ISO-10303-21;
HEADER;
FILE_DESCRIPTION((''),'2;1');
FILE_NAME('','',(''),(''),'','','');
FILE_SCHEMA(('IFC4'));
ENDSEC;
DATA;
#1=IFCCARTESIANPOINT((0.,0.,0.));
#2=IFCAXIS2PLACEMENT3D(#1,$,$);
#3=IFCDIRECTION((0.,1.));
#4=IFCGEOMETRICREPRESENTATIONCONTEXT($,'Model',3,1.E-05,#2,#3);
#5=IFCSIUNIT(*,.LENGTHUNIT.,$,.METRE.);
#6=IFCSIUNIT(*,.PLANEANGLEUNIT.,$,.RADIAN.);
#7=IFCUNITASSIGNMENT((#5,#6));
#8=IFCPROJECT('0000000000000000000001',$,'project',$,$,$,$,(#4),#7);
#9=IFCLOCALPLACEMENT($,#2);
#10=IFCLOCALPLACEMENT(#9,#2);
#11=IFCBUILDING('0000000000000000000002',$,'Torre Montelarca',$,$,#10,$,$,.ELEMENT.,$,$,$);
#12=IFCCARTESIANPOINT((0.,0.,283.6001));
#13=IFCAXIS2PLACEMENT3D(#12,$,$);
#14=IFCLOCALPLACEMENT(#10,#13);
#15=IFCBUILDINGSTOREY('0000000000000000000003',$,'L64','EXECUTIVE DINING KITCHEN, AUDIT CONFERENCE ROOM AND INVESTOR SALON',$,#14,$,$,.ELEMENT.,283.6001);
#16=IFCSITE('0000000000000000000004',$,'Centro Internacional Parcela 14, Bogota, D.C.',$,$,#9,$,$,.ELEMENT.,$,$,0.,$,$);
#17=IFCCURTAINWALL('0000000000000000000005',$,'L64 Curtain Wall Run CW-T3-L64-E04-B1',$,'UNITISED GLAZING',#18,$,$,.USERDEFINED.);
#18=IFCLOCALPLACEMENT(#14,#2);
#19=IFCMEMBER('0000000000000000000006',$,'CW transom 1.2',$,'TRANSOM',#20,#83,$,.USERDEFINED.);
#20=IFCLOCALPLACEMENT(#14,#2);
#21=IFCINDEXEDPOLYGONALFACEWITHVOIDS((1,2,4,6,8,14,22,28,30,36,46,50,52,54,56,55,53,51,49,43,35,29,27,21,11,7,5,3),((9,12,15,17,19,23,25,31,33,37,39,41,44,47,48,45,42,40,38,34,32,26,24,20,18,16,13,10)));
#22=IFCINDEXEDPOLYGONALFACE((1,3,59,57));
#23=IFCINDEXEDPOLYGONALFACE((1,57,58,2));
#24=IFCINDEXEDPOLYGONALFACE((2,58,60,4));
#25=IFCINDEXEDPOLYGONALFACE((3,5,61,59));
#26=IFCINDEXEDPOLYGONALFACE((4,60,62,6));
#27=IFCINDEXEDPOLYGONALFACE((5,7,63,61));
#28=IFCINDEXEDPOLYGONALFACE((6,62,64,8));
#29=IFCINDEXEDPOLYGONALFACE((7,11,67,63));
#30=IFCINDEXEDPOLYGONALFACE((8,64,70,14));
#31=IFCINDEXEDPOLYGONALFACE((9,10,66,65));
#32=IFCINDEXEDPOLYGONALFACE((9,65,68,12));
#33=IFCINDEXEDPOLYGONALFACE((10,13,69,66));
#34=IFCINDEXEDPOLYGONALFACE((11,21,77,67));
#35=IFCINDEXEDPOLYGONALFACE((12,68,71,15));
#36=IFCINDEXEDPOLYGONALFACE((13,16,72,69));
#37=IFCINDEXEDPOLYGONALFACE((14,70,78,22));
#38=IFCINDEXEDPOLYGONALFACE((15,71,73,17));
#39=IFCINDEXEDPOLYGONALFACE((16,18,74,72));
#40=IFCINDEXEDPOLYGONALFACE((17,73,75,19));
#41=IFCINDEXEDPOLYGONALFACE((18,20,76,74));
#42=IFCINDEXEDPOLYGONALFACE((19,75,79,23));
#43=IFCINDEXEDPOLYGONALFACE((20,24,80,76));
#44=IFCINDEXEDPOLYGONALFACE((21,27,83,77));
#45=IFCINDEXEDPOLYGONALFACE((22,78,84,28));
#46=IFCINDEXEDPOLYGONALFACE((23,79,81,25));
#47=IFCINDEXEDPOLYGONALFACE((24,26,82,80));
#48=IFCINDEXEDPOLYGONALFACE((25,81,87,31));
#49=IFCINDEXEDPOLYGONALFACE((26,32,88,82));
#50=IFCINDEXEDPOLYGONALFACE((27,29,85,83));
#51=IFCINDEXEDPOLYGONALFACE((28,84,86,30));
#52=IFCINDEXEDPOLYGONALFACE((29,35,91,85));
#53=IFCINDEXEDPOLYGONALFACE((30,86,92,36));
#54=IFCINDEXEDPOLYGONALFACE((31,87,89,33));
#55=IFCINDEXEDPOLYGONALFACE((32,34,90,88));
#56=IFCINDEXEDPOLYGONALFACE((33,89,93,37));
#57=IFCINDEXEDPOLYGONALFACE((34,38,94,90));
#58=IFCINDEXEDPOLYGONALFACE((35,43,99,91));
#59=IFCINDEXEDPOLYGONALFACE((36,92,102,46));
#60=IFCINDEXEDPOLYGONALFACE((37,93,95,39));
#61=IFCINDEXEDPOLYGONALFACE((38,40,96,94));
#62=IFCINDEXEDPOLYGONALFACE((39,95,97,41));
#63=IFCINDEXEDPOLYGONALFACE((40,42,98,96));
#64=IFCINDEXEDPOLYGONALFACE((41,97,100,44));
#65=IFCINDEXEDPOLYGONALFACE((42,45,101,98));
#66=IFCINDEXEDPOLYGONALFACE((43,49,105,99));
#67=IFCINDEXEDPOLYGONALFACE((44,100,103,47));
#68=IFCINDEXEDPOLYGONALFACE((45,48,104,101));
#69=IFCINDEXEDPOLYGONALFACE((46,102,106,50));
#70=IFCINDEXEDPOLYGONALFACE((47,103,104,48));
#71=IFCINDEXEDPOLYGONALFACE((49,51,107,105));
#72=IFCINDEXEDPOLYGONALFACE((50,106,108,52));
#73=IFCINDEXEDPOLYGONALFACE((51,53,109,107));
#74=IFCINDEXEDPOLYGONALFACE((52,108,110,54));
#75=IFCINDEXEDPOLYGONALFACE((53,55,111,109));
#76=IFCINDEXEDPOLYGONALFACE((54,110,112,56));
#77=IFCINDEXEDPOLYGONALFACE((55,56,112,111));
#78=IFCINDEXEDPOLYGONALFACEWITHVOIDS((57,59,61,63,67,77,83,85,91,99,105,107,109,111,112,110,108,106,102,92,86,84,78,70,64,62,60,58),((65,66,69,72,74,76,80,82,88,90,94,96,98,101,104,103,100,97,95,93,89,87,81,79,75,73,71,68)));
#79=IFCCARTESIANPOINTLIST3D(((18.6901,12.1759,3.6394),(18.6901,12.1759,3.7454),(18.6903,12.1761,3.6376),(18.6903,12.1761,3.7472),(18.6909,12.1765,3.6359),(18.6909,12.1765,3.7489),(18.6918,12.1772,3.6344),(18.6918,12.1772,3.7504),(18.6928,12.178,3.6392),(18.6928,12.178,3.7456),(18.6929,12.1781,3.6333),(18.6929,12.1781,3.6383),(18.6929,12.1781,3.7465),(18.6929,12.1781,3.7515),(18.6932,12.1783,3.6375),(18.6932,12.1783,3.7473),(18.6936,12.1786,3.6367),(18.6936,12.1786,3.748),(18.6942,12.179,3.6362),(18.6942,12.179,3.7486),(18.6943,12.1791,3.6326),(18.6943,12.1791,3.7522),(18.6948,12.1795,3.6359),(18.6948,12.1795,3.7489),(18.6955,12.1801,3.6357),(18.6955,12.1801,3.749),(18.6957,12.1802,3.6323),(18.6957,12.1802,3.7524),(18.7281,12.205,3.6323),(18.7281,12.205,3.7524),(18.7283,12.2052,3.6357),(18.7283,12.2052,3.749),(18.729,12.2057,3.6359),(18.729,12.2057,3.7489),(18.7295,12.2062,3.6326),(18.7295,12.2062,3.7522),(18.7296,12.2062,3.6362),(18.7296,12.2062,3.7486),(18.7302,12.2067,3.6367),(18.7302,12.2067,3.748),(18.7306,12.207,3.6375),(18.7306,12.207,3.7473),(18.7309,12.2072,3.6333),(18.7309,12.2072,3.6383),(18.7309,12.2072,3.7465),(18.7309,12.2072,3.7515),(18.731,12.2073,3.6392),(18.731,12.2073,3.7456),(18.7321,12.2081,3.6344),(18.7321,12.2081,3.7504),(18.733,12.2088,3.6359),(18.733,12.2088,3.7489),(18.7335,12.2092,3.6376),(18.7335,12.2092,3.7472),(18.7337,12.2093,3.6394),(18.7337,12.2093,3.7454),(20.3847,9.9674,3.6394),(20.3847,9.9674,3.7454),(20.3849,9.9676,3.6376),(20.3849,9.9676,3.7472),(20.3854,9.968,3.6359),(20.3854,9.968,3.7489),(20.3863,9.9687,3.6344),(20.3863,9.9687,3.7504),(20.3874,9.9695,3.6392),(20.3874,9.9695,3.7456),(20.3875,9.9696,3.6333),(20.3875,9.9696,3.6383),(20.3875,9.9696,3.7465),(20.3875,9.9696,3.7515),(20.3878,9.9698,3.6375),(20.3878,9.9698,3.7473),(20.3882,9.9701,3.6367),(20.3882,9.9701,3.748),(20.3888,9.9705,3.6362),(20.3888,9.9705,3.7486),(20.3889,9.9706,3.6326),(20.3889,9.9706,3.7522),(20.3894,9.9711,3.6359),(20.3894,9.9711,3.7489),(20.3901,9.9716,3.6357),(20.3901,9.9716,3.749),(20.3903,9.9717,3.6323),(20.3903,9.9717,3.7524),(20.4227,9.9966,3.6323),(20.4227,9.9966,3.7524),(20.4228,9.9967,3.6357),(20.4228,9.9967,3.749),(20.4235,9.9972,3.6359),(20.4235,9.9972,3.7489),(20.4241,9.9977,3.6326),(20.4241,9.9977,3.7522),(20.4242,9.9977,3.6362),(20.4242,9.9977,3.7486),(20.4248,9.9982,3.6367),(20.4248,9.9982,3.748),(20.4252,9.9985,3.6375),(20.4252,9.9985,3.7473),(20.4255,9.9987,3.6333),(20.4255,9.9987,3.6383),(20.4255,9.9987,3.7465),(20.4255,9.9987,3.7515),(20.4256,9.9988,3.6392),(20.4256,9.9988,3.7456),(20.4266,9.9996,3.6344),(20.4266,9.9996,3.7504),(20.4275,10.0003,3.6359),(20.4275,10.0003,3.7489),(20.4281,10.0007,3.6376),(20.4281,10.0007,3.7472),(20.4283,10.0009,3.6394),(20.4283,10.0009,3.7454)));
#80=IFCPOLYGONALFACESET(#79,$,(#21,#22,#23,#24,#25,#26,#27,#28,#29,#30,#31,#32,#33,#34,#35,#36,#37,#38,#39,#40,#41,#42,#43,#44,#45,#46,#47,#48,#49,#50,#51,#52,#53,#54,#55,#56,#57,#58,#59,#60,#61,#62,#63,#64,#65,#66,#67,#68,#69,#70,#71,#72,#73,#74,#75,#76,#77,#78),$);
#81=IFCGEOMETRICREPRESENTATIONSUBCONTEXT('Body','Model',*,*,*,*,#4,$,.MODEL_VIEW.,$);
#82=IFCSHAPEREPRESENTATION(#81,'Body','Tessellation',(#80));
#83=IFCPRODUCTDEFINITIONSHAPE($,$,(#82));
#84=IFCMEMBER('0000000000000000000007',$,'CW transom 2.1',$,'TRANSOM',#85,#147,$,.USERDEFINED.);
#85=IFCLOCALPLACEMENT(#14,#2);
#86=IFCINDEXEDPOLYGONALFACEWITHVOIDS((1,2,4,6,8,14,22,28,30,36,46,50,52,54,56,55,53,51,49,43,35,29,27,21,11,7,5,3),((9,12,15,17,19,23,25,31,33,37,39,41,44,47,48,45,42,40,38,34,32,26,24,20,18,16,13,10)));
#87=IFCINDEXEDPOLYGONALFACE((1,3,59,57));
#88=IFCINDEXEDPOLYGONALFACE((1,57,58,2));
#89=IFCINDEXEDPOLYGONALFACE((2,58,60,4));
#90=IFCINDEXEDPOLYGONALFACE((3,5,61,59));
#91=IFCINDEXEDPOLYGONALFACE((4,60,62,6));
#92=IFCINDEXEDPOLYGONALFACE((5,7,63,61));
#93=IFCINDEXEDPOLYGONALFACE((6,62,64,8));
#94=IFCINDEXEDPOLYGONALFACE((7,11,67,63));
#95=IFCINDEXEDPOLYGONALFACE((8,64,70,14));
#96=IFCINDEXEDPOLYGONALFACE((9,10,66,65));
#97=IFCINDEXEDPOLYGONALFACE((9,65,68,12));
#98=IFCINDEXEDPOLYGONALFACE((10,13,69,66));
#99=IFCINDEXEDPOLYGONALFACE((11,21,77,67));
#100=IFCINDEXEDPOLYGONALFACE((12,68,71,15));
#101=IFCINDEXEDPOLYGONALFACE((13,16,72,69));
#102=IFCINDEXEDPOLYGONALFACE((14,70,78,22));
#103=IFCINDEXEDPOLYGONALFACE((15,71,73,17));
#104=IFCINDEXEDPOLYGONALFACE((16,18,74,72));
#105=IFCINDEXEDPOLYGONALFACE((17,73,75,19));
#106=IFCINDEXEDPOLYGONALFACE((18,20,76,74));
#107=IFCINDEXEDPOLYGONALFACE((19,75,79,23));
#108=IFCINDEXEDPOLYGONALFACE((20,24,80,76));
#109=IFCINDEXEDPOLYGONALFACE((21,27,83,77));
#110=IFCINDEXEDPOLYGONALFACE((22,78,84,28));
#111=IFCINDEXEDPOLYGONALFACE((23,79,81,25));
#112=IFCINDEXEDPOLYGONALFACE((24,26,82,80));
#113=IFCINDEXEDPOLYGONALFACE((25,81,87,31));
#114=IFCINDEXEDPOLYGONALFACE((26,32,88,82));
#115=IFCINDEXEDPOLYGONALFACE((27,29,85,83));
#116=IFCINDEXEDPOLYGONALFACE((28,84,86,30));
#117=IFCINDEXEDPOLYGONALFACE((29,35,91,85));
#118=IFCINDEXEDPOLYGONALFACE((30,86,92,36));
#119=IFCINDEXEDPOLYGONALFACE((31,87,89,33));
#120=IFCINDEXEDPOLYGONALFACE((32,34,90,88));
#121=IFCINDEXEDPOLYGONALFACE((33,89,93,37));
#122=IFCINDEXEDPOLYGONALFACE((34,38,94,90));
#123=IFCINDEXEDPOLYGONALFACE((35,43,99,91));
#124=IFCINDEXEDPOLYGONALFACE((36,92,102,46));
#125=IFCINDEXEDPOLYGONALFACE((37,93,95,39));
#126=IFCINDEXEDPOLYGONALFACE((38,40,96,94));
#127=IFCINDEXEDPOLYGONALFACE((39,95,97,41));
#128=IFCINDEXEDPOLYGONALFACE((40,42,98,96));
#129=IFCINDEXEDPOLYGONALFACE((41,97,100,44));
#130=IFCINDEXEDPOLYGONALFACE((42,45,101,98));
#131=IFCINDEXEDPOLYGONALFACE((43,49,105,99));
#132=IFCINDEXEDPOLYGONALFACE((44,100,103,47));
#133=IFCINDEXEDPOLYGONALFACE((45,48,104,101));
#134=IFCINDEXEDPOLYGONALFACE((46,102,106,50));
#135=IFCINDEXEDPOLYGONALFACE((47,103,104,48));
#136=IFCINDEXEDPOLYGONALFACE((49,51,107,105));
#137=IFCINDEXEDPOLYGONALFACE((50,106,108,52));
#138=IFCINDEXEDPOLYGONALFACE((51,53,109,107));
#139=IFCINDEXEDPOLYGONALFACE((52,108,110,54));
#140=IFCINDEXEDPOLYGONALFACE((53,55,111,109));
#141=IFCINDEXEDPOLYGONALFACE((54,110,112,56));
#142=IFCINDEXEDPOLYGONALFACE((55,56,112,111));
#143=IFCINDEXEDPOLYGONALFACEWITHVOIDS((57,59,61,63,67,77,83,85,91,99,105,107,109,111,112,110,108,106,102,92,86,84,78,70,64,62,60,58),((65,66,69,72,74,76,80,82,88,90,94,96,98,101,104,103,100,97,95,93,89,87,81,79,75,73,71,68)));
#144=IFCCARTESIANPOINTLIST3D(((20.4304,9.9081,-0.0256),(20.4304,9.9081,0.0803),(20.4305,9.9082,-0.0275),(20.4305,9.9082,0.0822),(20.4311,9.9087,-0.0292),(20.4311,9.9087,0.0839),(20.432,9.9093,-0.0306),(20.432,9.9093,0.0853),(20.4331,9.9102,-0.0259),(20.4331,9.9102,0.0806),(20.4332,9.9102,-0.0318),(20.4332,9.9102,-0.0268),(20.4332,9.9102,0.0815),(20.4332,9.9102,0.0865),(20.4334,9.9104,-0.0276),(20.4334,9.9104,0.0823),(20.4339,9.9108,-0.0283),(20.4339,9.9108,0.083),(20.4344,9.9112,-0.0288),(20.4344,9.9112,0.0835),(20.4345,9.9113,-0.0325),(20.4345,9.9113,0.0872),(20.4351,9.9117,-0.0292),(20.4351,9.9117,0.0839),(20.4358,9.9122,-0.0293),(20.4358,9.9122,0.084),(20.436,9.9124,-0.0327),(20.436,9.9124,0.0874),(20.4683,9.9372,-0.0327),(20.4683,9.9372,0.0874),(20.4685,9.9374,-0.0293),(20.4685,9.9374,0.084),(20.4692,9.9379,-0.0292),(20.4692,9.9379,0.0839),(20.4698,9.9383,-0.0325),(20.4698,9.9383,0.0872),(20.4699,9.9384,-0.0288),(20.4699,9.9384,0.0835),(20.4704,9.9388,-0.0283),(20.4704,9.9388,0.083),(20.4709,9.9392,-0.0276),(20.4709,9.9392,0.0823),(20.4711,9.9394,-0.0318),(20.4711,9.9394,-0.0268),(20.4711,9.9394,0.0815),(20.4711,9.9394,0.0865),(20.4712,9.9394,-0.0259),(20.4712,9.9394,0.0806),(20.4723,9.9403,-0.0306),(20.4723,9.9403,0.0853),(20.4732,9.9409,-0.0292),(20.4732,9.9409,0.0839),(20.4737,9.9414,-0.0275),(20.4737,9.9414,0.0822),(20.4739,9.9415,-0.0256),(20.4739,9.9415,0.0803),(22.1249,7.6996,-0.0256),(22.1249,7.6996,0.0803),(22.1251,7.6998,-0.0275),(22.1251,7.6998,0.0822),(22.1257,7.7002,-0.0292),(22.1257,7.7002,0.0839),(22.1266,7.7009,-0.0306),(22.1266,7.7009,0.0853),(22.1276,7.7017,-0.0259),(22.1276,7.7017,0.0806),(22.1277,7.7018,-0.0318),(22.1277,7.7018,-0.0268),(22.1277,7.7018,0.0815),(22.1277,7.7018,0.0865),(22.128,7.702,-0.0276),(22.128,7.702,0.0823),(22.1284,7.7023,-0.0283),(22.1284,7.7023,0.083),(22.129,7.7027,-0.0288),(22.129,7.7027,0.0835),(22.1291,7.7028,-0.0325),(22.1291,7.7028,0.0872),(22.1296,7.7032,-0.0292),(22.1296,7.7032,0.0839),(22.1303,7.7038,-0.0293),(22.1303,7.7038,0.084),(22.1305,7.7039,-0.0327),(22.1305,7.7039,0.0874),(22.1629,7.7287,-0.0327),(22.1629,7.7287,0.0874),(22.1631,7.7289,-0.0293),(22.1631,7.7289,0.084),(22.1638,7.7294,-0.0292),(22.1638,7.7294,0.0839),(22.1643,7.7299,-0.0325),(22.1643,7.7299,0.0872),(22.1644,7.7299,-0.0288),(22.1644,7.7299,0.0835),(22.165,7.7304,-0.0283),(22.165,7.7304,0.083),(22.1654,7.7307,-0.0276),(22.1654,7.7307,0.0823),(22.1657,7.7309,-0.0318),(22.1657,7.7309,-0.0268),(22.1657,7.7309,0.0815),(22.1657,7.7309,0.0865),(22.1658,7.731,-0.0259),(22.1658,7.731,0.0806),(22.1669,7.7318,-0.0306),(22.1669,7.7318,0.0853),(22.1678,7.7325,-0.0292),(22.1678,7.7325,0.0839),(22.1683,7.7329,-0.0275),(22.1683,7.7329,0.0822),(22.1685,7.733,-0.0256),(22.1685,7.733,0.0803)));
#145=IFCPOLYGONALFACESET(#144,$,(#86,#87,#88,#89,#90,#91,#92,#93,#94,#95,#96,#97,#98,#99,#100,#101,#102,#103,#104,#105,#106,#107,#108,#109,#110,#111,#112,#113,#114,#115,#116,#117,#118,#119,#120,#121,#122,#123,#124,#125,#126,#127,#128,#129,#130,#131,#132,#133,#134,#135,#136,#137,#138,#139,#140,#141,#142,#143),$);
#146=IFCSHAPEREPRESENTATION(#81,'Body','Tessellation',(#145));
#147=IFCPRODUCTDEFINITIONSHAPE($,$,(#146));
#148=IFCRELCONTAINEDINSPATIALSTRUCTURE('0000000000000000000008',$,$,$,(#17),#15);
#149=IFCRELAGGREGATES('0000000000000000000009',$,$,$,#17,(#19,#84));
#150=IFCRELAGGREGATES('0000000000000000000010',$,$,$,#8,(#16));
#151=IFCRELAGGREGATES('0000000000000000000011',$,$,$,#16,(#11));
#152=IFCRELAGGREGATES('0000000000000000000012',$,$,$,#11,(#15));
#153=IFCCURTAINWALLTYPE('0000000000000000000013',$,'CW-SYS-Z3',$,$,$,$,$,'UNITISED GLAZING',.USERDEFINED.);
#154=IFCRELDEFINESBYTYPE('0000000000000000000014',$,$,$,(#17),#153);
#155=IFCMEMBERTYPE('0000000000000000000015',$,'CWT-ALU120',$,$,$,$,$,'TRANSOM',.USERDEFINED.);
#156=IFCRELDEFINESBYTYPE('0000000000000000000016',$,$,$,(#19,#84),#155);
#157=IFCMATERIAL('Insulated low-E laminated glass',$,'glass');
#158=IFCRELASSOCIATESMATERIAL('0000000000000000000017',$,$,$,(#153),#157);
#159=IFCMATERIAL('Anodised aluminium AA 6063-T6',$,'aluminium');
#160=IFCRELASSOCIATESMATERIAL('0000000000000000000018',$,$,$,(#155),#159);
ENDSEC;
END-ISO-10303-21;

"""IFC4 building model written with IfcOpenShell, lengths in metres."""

from ifc_helpers import new_model, si_unit, direction, frame, origin, origin_2d, place, context, subcontext, project, spatial, hollow_rectangle, extrude, source, transform, mapped, material, material_profile, profile_set, type_object, element, aggregate, save


model = new_model("IFC4")

# Units and contexts
model_context = context("Model", 3, precision=1e-05, world=origin(), true_north=direction((0.0, 1.0)))
body_context = subcontext(model_context, "Body", "Model", "MODEL_VIEW")
ifc_project = project(units=[si_unit("LENGTHUNIT", "METRE"), si_unit("PLANEANGLEUNIT", "RADIAN")], contexts=[model_context])

# Site, building, storey
site_placement = place(None, origin())
site = spatial("IfcSite", under=ifc_project, at=site_placement, Name="Centro Internacional Parcela 14, Bogota, D.C.", CompositionType="ELEMENT", RefElevation=0.0)
building_placement = place(site_placement, origin())
building = spatial("IfcBuilding", under=site, at=building_placement, Name="Torre Montelarca", CompositionType="ELEMENT")
storey_placement = place(building_placement, frame((0.0, 0.0, 283.6001)))
storey = spatial("IfcBuildingStorey", under=building, at=storey_placement, Name="L64", Description="EXECUTIVE DINING KITCHEN, AUDIT CONFERENCE ROOM AND INVESTOR SALON", CompositionType="ELEMENT", Elevation=283.6001)

# Curtain wall, members
ifc_material_1 = material(Name="Insulated low-E laminated glass", Category="glass")
curtain_wall_type = type_object("IfcCurtainWallType", Name="CW-SYS-Z3", ElementType="UNITISED GLAZING", PredefinedType="USERDEFINED", material=ifc_material_1)
ifc_material_2 = material(Name="Anodised aluminium AA 6063-T6", Category="aluminium")
ifc_material_profile_1 = material_profile(ifc_material_2, hollow_rectangle(XDim=0.0549, YDim=0.1201, WallThickness=0.0034, InnerFilletRadius=0.0034, OuterFilletRadius=0.0071, at=origin_2d()), Name="ALU55X120X3.5", Category="aluminium")
ifc_profile_set_1 = profile_set([ifc_material_profile_1], Name="Anodised aluminium AA 6063-T6")
member_type_1 = type_object("IfcMemberType", Name="CWT-ALU120", ElementType="TRANSOM", PredefinedType="USERDEFINED", material=ifc_profile_set_1)
curtain_wall_1_placement = place(storey_placement, origin())
curtain_wall_1 = element("IfcCurtainWall", 1, at=curtain_wall_1_placement, inside=storey, type_object=curtain_wall_type, Name="L64 Curtain Wall Run CW-T3-L64-E04-B1", ObjectType="UNITISED GLAZING", PredefinedType="USERDEFINED")
shared_shape_1 = source(origin(), body_context, "Body", "SweptSolid", [
    extrude(hollow_rectangle(XDim=0.0549, YDim=0.1201, WallThickness=0.0034, InnerFilletRadius=0.0034, OuterFilletRadius=0.0071, at=origin_2d()), origin(), (0.0, 0.0, 1.0), 2.7837),
])
member_1_placement = place(storey_placement, frame((18.7119, 12.1926, 3.6924), z_axis=(0.608748, -0.793364, 0.0), x_axis=(0.793364, 0.608748, 0.0)))
member_1 = element("IfcMember", 2, at=member_1_placement, type_object=member_type_1, Name="CW transom 1.2", ObjectType="TRANSOM", PredefinedType="USERDEFINED", context=body_context, shape_type="MappedRepresentation", body=[
    mapped(shared_shape_1, transform((0.0, 0.0, 0.0), scale=1.0)),
])
member_2_placement = place(storey_placement, frame((20.4521, 9.9248, 0.0273), z_axis=(0.608748, -0.793364, 0.0), x_axis=(0.793364, 0.608748, 0.0)))
member_2 = element("IfcMember", 3, at=member_2_placement, type_object=member_type_1, Name="CW transom 2.1", ObjectType="TRANSOM", PredefinedType="USERDEFINED", context=body_context, shape_type="MappedRepresentation", body=[
    mapped(shared_shape_1, transform((0.0, 0.0, 0.0), scale=1.0)),
])

aggregate(curtain_wall_1, [member_1, member_2])

save(model, "model.ifc")
